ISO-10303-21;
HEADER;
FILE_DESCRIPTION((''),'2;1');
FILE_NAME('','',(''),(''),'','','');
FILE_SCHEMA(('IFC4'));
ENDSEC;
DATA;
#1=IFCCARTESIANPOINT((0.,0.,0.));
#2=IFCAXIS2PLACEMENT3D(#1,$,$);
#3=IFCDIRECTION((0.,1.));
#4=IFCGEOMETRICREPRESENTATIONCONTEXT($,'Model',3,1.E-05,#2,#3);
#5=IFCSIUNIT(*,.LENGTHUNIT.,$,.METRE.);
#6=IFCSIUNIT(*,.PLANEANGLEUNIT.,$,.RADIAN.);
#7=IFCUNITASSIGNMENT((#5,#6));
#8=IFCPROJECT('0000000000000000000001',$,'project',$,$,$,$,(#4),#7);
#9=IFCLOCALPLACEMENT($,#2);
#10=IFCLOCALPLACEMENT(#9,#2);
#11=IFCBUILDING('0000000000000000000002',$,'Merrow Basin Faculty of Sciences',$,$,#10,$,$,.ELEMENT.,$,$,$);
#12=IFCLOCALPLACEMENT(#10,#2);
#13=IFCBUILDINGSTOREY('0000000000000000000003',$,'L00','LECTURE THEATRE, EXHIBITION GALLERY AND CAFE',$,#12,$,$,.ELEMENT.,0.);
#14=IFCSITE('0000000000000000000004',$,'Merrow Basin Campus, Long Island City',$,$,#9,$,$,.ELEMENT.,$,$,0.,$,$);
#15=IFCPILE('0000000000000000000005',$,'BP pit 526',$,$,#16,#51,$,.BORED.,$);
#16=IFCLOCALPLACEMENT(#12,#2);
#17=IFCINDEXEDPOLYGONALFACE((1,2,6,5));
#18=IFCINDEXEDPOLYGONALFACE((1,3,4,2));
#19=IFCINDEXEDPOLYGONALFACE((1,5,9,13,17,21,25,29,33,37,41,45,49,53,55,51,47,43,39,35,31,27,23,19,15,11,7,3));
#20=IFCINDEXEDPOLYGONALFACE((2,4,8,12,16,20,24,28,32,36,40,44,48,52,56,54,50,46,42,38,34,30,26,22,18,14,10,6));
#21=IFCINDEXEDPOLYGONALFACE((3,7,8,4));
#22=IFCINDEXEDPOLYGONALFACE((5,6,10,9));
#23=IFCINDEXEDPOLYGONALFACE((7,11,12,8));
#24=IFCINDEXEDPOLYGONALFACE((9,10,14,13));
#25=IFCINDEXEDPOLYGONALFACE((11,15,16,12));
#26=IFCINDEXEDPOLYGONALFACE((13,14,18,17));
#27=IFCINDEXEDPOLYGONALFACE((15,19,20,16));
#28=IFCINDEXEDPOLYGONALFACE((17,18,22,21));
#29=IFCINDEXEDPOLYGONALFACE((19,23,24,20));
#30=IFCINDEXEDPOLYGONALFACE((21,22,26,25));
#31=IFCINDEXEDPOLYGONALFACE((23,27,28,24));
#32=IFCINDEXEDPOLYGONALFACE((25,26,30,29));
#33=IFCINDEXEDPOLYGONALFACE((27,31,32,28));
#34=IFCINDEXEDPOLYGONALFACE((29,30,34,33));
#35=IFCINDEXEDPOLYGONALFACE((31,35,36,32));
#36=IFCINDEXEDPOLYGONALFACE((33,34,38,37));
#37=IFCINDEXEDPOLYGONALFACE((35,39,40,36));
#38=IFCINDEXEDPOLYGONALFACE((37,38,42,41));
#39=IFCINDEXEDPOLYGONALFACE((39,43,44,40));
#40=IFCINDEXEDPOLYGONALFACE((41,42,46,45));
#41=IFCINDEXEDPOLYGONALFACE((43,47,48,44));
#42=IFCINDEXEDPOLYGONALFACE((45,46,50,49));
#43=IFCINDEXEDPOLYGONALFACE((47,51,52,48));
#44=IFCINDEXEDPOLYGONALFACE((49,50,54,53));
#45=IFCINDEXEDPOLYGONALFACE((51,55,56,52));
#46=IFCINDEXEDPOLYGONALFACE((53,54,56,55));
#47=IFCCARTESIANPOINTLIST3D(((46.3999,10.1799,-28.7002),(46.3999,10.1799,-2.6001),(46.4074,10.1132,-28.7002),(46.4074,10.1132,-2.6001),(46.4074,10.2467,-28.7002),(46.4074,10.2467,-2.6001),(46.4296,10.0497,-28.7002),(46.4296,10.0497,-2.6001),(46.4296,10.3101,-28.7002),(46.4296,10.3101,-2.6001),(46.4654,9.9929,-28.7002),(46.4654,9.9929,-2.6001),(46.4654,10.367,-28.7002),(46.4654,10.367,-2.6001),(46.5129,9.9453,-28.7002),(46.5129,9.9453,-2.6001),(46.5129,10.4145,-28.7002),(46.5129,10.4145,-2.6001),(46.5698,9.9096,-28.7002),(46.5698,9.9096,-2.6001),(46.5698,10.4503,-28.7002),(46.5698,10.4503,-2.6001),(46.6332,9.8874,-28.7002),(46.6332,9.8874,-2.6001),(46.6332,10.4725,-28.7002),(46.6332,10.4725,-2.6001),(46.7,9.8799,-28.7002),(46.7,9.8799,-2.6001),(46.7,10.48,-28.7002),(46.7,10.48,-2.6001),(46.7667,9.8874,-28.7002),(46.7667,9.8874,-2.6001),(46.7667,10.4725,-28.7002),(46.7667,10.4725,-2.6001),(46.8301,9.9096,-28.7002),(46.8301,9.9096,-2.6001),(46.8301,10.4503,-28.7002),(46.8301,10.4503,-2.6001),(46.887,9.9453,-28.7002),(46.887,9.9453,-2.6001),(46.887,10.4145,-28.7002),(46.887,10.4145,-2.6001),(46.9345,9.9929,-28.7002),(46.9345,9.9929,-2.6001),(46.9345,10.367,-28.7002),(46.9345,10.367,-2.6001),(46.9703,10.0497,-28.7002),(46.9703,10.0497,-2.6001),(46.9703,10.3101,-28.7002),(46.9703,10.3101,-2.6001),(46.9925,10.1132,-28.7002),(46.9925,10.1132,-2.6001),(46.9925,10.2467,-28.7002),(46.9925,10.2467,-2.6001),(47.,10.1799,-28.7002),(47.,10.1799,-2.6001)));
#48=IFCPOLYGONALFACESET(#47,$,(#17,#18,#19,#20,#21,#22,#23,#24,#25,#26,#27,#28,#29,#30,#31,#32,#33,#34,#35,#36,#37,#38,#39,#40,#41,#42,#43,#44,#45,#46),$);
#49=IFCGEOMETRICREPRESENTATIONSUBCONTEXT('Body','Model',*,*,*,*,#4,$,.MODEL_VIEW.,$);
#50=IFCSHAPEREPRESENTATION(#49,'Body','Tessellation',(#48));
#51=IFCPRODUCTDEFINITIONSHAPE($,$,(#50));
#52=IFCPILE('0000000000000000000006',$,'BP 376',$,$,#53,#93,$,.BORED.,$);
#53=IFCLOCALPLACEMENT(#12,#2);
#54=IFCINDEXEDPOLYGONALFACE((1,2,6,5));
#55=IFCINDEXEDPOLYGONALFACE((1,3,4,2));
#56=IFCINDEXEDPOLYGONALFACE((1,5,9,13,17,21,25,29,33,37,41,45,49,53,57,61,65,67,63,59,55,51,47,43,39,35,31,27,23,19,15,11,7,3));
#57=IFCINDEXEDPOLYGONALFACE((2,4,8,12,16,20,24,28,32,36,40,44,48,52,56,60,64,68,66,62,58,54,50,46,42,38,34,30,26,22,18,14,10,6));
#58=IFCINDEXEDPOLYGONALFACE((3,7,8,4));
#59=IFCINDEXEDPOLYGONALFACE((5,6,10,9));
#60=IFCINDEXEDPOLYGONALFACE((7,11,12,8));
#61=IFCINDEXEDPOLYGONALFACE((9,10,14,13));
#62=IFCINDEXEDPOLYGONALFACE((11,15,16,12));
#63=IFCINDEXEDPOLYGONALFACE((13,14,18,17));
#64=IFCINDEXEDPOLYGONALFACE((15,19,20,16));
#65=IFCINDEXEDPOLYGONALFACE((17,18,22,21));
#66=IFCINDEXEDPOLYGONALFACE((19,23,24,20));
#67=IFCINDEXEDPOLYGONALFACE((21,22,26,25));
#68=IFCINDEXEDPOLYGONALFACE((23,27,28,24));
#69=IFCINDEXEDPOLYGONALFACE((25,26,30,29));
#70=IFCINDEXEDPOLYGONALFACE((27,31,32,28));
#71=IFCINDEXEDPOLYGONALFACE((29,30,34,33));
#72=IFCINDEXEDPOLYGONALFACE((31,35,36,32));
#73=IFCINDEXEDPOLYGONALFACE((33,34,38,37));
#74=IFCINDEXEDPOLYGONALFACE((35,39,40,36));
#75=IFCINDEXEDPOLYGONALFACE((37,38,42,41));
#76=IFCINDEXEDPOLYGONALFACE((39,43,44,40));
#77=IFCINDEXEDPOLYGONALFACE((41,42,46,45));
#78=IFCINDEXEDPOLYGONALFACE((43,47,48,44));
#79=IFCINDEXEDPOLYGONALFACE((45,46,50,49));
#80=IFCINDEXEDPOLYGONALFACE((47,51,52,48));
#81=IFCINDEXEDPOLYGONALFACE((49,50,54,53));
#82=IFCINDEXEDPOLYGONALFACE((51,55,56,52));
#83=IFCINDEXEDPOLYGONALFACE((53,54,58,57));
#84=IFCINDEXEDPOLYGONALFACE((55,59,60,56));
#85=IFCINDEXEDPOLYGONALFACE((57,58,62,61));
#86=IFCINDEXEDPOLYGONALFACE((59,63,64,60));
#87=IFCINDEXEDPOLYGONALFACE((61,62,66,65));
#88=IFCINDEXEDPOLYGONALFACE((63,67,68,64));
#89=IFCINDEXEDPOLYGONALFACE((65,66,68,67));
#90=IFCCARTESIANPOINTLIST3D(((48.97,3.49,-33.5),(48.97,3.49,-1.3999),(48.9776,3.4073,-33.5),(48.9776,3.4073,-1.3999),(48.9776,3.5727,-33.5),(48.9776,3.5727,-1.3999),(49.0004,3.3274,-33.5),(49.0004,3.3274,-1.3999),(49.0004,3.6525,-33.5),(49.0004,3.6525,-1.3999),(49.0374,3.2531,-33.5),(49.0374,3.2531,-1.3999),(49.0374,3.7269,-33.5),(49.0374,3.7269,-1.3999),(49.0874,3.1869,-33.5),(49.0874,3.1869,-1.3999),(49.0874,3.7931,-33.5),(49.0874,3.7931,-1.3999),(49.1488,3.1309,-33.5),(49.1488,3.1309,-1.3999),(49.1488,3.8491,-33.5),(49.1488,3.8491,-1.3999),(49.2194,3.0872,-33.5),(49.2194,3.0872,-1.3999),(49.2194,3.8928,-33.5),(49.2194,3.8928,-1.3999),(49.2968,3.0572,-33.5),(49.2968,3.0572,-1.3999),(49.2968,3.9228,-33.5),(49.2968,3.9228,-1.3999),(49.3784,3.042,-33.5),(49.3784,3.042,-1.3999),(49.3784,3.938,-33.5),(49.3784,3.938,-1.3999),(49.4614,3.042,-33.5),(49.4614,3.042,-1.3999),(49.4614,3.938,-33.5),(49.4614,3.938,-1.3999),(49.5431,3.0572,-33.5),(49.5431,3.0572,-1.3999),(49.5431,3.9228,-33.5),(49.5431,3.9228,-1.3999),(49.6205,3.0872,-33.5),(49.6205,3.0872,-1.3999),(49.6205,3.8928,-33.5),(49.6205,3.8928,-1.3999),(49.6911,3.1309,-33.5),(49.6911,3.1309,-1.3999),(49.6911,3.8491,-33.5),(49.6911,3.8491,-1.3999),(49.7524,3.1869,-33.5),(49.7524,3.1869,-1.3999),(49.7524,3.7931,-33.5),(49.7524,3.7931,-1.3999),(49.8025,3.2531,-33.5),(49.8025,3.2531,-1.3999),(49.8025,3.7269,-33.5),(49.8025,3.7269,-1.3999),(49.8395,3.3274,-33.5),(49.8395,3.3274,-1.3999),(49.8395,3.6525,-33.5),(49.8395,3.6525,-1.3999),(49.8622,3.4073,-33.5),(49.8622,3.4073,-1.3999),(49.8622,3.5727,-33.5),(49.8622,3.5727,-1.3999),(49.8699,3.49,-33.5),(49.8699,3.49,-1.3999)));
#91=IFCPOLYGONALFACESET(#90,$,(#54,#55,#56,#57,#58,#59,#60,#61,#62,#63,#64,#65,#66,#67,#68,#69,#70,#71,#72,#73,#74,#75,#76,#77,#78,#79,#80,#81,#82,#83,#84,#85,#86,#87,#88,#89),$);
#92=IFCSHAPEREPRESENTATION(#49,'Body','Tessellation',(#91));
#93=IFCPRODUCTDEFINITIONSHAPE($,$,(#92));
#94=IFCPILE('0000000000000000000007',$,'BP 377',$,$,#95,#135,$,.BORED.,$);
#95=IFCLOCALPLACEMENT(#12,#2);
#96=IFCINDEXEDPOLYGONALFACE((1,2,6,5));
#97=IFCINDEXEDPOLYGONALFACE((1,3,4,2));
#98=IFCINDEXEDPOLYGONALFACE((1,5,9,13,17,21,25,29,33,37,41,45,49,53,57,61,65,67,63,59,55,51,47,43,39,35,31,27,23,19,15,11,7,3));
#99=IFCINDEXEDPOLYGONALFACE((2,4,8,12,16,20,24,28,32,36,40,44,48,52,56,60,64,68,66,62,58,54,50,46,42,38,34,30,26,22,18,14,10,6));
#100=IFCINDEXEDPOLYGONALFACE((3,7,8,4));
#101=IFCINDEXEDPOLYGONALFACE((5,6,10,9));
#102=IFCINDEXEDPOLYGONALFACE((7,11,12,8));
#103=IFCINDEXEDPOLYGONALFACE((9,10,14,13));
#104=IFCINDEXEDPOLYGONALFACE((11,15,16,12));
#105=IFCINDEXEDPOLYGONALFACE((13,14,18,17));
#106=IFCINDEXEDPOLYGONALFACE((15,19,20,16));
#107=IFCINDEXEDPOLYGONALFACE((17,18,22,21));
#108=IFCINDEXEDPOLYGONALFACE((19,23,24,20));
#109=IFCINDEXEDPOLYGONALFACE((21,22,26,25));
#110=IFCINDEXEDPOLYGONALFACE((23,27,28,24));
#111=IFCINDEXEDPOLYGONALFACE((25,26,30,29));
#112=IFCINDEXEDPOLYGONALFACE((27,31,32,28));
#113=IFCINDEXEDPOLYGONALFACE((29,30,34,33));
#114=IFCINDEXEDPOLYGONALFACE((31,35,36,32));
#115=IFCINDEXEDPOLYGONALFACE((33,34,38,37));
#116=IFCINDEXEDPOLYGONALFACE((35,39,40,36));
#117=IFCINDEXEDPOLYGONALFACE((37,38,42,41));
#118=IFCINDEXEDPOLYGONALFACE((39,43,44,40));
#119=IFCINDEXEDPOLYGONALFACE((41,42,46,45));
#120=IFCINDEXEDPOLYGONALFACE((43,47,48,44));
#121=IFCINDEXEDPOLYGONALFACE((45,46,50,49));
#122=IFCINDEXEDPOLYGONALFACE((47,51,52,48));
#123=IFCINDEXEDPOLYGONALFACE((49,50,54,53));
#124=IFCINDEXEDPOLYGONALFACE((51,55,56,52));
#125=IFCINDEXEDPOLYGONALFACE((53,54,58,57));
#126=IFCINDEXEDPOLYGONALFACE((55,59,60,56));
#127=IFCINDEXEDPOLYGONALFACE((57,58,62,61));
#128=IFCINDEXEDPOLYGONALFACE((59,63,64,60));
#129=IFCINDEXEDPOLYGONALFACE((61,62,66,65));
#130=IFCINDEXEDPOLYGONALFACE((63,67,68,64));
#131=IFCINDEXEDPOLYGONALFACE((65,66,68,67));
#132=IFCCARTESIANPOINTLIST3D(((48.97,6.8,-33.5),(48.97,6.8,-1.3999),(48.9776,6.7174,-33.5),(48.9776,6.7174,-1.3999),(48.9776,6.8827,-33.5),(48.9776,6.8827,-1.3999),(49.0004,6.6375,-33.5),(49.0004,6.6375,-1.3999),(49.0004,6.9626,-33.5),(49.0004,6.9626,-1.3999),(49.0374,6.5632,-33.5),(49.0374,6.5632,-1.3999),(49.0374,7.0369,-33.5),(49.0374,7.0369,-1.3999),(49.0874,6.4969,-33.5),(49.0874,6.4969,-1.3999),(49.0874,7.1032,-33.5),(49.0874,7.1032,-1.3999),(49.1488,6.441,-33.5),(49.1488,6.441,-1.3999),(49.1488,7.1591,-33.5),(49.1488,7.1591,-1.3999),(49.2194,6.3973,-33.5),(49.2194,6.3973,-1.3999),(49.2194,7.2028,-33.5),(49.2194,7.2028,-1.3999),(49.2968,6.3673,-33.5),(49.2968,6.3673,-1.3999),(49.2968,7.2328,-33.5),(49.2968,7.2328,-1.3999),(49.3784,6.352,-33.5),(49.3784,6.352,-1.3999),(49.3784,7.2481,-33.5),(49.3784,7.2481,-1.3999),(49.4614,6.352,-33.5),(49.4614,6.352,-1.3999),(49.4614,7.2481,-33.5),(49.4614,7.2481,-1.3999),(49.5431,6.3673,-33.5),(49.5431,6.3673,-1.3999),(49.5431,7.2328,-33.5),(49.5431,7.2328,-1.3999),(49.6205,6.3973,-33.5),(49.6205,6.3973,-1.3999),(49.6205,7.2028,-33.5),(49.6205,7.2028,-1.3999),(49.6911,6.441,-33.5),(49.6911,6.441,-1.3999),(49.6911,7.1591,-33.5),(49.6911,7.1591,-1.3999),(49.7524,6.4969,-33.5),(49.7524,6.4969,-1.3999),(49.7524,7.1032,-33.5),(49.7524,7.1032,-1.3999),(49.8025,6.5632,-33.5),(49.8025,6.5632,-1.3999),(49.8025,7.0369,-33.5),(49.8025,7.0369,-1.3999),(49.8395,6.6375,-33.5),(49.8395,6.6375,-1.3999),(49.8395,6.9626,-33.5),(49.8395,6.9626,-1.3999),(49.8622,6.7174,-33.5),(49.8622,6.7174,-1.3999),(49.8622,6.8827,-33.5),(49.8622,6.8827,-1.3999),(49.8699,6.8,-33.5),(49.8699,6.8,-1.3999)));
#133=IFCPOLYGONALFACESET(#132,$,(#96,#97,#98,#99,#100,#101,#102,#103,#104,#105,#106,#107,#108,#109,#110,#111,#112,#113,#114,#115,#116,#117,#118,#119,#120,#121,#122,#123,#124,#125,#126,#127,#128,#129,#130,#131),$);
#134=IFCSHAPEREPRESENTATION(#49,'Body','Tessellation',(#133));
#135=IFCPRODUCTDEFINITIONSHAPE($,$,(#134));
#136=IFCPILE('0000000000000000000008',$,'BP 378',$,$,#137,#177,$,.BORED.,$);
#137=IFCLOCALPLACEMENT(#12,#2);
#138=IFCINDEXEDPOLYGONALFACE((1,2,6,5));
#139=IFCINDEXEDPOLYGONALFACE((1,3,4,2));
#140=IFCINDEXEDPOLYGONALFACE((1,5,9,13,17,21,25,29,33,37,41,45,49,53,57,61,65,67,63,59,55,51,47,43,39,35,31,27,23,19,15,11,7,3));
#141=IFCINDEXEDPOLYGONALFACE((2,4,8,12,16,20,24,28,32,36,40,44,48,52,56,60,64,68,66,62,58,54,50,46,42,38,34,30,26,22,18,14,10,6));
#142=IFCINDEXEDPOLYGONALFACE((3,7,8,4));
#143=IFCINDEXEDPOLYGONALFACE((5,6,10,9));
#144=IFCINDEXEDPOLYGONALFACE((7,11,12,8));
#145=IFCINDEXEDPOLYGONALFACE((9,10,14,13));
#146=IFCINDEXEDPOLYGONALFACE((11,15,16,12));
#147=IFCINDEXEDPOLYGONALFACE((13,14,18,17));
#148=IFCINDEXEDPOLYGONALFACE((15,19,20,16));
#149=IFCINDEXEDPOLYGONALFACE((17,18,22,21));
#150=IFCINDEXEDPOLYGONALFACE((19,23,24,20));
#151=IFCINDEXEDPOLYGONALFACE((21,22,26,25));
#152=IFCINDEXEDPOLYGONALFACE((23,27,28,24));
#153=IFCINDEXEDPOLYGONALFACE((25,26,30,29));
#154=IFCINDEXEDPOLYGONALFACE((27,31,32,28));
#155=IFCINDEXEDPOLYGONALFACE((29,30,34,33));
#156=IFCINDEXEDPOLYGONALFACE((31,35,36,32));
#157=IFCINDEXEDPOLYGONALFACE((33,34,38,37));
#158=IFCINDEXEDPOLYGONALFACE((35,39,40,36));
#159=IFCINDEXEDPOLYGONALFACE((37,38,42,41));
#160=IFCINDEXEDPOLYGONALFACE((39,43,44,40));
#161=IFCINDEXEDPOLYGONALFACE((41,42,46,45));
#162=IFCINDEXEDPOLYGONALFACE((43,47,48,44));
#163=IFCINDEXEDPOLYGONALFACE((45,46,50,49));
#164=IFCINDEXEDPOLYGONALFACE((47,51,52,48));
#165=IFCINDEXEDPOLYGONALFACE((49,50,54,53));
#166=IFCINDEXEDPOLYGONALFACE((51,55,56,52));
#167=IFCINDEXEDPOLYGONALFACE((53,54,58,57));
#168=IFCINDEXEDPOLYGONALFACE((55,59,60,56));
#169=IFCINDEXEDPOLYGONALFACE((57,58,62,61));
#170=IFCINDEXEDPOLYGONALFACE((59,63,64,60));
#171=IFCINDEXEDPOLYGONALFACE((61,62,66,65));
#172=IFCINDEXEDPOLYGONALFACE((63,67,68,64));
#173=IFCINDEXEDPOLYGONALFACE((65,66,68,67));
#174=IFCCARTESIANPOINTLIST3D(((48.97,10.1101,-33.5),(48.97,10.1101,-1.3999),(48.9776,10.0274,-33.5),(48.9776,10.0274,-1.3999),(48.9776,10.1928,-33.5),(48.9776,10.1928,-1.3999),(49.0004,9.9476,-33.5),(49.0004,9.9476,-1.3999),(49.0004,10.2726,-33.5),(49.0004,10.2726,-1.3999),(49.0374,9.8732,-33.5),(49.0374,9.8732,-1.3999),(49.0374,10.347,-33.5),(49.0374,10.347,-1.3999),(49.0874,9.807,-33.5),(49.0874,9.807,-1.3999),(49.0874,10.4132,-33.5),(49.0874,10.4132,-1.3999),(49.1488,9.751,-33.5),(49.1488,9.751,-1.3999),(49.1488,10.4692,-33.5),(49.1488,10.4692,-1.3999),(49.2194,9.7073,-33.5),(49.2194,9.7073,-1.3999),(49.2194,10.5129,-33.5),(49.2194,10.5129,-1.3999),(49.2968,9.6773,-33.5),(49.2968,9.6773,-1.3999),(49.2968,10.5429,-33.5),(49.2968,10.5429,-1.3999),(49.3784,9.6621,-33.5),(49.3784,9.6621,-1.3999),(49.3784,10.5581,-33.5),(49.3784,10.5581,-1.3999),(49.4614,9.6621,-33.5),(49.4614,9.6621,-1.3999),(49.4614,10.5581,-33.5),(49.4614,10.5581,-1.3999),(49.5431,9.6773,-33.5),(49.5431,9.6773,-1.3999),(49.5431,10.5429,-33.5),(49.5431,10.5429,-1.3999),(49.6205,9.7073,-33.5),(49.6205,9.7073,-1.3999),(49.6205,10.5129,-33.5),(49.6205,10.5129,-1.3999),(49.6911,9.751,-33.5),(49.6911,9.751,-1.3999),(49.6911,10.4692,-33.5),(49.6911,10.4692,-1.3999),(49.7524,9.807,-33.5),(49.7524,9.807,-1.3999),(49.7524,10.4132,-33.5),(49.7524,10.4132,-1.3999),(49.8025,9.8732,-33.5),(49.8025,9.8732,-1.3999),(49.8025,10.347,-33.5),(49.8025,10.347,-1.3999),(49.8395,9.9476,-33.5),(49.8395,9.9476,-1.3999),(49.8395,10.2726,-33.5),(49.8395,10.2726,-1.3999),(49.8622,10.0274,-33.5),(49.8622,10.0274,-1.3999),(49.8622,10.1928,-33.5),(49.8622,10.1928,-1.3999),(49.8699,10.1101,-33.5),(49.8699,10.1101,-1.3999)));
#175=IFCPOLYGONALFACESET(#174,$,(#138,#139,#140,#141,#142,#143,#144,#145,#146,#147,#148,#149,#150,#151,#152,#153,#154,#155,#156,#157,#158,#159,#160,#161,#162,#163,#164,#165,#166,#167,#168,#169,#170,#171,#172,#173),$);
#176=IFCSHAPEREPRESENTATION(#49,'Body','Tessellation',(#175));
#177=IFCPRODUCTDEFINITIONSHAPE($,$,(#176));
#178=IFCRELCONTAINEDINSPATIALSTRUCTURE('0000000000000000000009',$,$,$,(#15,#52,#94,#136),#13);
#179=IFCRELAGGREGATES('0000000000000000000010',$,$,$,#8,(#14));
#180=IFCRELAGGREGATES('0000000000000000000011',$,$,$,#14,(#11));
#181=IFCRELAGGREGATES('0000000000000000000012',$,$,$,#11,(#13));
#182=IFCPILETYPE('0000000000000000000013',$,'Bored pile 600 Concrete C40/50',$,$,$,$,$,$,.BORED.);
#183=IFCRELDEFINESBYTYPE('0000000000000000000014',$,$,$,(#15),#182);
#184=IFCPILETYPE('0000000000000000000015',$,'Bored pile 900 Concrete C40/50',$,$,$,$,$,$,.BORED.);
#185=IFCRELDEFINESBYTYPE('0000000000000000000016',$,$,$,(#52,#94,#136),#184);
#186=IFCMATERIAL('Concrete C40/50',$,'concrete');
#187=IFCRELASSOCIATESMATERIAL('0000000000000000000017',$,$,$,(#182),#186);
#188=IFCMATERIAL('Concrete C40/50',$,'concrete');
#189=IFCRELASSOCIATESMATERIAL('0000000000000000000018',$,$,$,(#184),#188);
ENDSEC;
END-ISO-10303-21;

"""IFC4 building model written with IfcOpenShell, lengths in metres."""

from ifc_helpers import new_model, si_unit, direction, frame, origin, origin_2d, place, context, subcontext, project, spatial, circle, extrude, material, material_profile, profile_set, type_object, element, save


model = new_model("IFC4")

# Units and contexts
model_context = context("Model", 3, precision=1e-05, world=origin(), true_north=direction((0.0, 1.0)))
body_context = subcontext(model_context, "Body", "Model", "MODEL_VIEW")
ifc_project = project(units=[si_unit("LENGTHUNIT", "METRE"), si_unit("PLANEANGLEUNIT", "RADIAN")], contexts=[model_context])

# Site, building, storey
site_placement = place(None, origin())
site = spatial("IfcSite", under=ifc_project, at=site_placement, Name="Merrow Basin Campus, Long Island City", CompositionType="ELEMENT", RefElevation=0.0)
building_placement = place(site_placement, origin())
building = spatial("IfcBuilding", under=site, at=building_placement, Name="Merrow Basin Faculty of Sciences", CompositionType="ELEMENT")
storey_placement = place(building_placement, origin())
storey = spatial("IfcBuildingStorey", under=building, at=storey_placement, Name="L00", Description="LECTURE THEATRE, EXHIBITION GALLERY AND CAFE", CompositionType="ELEMENT", Elevation=0.0)

# Piles
ifc_material_1 = material(Name="Concrete C40/50", Category="concrete")
ifc_material_profile_1 = material_profile(ifc_material_1, circle(Radius=0.3, at=origin_2d()))
ifc_profile_set_1 = profile_set([ifc_material_profile_1], Name="Concrete C40/50")
pile_type_1 = type_object("IfcPileType", Name="Bored pile 600 Concrete C40/50", PredefinedType="BORED", material=ifc_profile_set_1)
pile_placement = place(storey_placement, frame((46.7, 10.1799, -2.6001), z_axis=(0.0, 0.0, -1.0), x_axis=(1.0, 0.0, 0.0)))
element("IfcPile", 1, at=pile_placement, inside=storey, type_object=pile_type_1, Name="BP pit 526", PredefinedType="BORED", context=body_context, shape_type="SweptSolid", body=[
    extrude(circle(Radius=0.3, at=origin_2d()), origin(), (0.0, 0.0, 1.0), 26.1001),
])
ifc_material_2 = material(Name="Concrete C40/50", Category="concrete")
ifc_material_profile_2 = material_profile(ifc_material_2, circle(Radius=0.45, at=origin_2d()))
ifc_profile_set_2 = profile_set([ifc_material_profile_2], Name="Concrete C40/50")
pile_type_2 = type_object("IfcPileType", Name="Bored pile 900 Concrete C40/50", PredefinedType="BORED", material=ifc_profile_set_2)
for number, where, z_axis, x_axis, name in (
    (2, (49.4199, 3.49, -1.3999), (0.0, 0.0, -1.0), (1.0, 0.0, 0.0), "BP 376"),
    (3, (49.4199, 6.8, -1.3999), (0.0, 0.0, -1.0), (1.0, 0.0, 0.0), "BP 377"),
    (4, (49.4199, 10.1101, -1.3999), (0.0, 0.0, -1.0), (1.0, 0.0, 0.0), "BP 378"),
):
    element("IfcPile", number, at=place(storey_placement, frame(where, z_axis=z_axis, x_axis=x_axis)), inside=storey, type_object=pile_type_2, Name=name, PredefinedType="BORED", context=body_context, shape_type="SweptSolid", body=[
        extrude(circle(Radius=0.45, at=origin_2d()), origin(), (0.0, 0.0, 1.0), 32.1001),
    ])

save(model, "model.ifc")
